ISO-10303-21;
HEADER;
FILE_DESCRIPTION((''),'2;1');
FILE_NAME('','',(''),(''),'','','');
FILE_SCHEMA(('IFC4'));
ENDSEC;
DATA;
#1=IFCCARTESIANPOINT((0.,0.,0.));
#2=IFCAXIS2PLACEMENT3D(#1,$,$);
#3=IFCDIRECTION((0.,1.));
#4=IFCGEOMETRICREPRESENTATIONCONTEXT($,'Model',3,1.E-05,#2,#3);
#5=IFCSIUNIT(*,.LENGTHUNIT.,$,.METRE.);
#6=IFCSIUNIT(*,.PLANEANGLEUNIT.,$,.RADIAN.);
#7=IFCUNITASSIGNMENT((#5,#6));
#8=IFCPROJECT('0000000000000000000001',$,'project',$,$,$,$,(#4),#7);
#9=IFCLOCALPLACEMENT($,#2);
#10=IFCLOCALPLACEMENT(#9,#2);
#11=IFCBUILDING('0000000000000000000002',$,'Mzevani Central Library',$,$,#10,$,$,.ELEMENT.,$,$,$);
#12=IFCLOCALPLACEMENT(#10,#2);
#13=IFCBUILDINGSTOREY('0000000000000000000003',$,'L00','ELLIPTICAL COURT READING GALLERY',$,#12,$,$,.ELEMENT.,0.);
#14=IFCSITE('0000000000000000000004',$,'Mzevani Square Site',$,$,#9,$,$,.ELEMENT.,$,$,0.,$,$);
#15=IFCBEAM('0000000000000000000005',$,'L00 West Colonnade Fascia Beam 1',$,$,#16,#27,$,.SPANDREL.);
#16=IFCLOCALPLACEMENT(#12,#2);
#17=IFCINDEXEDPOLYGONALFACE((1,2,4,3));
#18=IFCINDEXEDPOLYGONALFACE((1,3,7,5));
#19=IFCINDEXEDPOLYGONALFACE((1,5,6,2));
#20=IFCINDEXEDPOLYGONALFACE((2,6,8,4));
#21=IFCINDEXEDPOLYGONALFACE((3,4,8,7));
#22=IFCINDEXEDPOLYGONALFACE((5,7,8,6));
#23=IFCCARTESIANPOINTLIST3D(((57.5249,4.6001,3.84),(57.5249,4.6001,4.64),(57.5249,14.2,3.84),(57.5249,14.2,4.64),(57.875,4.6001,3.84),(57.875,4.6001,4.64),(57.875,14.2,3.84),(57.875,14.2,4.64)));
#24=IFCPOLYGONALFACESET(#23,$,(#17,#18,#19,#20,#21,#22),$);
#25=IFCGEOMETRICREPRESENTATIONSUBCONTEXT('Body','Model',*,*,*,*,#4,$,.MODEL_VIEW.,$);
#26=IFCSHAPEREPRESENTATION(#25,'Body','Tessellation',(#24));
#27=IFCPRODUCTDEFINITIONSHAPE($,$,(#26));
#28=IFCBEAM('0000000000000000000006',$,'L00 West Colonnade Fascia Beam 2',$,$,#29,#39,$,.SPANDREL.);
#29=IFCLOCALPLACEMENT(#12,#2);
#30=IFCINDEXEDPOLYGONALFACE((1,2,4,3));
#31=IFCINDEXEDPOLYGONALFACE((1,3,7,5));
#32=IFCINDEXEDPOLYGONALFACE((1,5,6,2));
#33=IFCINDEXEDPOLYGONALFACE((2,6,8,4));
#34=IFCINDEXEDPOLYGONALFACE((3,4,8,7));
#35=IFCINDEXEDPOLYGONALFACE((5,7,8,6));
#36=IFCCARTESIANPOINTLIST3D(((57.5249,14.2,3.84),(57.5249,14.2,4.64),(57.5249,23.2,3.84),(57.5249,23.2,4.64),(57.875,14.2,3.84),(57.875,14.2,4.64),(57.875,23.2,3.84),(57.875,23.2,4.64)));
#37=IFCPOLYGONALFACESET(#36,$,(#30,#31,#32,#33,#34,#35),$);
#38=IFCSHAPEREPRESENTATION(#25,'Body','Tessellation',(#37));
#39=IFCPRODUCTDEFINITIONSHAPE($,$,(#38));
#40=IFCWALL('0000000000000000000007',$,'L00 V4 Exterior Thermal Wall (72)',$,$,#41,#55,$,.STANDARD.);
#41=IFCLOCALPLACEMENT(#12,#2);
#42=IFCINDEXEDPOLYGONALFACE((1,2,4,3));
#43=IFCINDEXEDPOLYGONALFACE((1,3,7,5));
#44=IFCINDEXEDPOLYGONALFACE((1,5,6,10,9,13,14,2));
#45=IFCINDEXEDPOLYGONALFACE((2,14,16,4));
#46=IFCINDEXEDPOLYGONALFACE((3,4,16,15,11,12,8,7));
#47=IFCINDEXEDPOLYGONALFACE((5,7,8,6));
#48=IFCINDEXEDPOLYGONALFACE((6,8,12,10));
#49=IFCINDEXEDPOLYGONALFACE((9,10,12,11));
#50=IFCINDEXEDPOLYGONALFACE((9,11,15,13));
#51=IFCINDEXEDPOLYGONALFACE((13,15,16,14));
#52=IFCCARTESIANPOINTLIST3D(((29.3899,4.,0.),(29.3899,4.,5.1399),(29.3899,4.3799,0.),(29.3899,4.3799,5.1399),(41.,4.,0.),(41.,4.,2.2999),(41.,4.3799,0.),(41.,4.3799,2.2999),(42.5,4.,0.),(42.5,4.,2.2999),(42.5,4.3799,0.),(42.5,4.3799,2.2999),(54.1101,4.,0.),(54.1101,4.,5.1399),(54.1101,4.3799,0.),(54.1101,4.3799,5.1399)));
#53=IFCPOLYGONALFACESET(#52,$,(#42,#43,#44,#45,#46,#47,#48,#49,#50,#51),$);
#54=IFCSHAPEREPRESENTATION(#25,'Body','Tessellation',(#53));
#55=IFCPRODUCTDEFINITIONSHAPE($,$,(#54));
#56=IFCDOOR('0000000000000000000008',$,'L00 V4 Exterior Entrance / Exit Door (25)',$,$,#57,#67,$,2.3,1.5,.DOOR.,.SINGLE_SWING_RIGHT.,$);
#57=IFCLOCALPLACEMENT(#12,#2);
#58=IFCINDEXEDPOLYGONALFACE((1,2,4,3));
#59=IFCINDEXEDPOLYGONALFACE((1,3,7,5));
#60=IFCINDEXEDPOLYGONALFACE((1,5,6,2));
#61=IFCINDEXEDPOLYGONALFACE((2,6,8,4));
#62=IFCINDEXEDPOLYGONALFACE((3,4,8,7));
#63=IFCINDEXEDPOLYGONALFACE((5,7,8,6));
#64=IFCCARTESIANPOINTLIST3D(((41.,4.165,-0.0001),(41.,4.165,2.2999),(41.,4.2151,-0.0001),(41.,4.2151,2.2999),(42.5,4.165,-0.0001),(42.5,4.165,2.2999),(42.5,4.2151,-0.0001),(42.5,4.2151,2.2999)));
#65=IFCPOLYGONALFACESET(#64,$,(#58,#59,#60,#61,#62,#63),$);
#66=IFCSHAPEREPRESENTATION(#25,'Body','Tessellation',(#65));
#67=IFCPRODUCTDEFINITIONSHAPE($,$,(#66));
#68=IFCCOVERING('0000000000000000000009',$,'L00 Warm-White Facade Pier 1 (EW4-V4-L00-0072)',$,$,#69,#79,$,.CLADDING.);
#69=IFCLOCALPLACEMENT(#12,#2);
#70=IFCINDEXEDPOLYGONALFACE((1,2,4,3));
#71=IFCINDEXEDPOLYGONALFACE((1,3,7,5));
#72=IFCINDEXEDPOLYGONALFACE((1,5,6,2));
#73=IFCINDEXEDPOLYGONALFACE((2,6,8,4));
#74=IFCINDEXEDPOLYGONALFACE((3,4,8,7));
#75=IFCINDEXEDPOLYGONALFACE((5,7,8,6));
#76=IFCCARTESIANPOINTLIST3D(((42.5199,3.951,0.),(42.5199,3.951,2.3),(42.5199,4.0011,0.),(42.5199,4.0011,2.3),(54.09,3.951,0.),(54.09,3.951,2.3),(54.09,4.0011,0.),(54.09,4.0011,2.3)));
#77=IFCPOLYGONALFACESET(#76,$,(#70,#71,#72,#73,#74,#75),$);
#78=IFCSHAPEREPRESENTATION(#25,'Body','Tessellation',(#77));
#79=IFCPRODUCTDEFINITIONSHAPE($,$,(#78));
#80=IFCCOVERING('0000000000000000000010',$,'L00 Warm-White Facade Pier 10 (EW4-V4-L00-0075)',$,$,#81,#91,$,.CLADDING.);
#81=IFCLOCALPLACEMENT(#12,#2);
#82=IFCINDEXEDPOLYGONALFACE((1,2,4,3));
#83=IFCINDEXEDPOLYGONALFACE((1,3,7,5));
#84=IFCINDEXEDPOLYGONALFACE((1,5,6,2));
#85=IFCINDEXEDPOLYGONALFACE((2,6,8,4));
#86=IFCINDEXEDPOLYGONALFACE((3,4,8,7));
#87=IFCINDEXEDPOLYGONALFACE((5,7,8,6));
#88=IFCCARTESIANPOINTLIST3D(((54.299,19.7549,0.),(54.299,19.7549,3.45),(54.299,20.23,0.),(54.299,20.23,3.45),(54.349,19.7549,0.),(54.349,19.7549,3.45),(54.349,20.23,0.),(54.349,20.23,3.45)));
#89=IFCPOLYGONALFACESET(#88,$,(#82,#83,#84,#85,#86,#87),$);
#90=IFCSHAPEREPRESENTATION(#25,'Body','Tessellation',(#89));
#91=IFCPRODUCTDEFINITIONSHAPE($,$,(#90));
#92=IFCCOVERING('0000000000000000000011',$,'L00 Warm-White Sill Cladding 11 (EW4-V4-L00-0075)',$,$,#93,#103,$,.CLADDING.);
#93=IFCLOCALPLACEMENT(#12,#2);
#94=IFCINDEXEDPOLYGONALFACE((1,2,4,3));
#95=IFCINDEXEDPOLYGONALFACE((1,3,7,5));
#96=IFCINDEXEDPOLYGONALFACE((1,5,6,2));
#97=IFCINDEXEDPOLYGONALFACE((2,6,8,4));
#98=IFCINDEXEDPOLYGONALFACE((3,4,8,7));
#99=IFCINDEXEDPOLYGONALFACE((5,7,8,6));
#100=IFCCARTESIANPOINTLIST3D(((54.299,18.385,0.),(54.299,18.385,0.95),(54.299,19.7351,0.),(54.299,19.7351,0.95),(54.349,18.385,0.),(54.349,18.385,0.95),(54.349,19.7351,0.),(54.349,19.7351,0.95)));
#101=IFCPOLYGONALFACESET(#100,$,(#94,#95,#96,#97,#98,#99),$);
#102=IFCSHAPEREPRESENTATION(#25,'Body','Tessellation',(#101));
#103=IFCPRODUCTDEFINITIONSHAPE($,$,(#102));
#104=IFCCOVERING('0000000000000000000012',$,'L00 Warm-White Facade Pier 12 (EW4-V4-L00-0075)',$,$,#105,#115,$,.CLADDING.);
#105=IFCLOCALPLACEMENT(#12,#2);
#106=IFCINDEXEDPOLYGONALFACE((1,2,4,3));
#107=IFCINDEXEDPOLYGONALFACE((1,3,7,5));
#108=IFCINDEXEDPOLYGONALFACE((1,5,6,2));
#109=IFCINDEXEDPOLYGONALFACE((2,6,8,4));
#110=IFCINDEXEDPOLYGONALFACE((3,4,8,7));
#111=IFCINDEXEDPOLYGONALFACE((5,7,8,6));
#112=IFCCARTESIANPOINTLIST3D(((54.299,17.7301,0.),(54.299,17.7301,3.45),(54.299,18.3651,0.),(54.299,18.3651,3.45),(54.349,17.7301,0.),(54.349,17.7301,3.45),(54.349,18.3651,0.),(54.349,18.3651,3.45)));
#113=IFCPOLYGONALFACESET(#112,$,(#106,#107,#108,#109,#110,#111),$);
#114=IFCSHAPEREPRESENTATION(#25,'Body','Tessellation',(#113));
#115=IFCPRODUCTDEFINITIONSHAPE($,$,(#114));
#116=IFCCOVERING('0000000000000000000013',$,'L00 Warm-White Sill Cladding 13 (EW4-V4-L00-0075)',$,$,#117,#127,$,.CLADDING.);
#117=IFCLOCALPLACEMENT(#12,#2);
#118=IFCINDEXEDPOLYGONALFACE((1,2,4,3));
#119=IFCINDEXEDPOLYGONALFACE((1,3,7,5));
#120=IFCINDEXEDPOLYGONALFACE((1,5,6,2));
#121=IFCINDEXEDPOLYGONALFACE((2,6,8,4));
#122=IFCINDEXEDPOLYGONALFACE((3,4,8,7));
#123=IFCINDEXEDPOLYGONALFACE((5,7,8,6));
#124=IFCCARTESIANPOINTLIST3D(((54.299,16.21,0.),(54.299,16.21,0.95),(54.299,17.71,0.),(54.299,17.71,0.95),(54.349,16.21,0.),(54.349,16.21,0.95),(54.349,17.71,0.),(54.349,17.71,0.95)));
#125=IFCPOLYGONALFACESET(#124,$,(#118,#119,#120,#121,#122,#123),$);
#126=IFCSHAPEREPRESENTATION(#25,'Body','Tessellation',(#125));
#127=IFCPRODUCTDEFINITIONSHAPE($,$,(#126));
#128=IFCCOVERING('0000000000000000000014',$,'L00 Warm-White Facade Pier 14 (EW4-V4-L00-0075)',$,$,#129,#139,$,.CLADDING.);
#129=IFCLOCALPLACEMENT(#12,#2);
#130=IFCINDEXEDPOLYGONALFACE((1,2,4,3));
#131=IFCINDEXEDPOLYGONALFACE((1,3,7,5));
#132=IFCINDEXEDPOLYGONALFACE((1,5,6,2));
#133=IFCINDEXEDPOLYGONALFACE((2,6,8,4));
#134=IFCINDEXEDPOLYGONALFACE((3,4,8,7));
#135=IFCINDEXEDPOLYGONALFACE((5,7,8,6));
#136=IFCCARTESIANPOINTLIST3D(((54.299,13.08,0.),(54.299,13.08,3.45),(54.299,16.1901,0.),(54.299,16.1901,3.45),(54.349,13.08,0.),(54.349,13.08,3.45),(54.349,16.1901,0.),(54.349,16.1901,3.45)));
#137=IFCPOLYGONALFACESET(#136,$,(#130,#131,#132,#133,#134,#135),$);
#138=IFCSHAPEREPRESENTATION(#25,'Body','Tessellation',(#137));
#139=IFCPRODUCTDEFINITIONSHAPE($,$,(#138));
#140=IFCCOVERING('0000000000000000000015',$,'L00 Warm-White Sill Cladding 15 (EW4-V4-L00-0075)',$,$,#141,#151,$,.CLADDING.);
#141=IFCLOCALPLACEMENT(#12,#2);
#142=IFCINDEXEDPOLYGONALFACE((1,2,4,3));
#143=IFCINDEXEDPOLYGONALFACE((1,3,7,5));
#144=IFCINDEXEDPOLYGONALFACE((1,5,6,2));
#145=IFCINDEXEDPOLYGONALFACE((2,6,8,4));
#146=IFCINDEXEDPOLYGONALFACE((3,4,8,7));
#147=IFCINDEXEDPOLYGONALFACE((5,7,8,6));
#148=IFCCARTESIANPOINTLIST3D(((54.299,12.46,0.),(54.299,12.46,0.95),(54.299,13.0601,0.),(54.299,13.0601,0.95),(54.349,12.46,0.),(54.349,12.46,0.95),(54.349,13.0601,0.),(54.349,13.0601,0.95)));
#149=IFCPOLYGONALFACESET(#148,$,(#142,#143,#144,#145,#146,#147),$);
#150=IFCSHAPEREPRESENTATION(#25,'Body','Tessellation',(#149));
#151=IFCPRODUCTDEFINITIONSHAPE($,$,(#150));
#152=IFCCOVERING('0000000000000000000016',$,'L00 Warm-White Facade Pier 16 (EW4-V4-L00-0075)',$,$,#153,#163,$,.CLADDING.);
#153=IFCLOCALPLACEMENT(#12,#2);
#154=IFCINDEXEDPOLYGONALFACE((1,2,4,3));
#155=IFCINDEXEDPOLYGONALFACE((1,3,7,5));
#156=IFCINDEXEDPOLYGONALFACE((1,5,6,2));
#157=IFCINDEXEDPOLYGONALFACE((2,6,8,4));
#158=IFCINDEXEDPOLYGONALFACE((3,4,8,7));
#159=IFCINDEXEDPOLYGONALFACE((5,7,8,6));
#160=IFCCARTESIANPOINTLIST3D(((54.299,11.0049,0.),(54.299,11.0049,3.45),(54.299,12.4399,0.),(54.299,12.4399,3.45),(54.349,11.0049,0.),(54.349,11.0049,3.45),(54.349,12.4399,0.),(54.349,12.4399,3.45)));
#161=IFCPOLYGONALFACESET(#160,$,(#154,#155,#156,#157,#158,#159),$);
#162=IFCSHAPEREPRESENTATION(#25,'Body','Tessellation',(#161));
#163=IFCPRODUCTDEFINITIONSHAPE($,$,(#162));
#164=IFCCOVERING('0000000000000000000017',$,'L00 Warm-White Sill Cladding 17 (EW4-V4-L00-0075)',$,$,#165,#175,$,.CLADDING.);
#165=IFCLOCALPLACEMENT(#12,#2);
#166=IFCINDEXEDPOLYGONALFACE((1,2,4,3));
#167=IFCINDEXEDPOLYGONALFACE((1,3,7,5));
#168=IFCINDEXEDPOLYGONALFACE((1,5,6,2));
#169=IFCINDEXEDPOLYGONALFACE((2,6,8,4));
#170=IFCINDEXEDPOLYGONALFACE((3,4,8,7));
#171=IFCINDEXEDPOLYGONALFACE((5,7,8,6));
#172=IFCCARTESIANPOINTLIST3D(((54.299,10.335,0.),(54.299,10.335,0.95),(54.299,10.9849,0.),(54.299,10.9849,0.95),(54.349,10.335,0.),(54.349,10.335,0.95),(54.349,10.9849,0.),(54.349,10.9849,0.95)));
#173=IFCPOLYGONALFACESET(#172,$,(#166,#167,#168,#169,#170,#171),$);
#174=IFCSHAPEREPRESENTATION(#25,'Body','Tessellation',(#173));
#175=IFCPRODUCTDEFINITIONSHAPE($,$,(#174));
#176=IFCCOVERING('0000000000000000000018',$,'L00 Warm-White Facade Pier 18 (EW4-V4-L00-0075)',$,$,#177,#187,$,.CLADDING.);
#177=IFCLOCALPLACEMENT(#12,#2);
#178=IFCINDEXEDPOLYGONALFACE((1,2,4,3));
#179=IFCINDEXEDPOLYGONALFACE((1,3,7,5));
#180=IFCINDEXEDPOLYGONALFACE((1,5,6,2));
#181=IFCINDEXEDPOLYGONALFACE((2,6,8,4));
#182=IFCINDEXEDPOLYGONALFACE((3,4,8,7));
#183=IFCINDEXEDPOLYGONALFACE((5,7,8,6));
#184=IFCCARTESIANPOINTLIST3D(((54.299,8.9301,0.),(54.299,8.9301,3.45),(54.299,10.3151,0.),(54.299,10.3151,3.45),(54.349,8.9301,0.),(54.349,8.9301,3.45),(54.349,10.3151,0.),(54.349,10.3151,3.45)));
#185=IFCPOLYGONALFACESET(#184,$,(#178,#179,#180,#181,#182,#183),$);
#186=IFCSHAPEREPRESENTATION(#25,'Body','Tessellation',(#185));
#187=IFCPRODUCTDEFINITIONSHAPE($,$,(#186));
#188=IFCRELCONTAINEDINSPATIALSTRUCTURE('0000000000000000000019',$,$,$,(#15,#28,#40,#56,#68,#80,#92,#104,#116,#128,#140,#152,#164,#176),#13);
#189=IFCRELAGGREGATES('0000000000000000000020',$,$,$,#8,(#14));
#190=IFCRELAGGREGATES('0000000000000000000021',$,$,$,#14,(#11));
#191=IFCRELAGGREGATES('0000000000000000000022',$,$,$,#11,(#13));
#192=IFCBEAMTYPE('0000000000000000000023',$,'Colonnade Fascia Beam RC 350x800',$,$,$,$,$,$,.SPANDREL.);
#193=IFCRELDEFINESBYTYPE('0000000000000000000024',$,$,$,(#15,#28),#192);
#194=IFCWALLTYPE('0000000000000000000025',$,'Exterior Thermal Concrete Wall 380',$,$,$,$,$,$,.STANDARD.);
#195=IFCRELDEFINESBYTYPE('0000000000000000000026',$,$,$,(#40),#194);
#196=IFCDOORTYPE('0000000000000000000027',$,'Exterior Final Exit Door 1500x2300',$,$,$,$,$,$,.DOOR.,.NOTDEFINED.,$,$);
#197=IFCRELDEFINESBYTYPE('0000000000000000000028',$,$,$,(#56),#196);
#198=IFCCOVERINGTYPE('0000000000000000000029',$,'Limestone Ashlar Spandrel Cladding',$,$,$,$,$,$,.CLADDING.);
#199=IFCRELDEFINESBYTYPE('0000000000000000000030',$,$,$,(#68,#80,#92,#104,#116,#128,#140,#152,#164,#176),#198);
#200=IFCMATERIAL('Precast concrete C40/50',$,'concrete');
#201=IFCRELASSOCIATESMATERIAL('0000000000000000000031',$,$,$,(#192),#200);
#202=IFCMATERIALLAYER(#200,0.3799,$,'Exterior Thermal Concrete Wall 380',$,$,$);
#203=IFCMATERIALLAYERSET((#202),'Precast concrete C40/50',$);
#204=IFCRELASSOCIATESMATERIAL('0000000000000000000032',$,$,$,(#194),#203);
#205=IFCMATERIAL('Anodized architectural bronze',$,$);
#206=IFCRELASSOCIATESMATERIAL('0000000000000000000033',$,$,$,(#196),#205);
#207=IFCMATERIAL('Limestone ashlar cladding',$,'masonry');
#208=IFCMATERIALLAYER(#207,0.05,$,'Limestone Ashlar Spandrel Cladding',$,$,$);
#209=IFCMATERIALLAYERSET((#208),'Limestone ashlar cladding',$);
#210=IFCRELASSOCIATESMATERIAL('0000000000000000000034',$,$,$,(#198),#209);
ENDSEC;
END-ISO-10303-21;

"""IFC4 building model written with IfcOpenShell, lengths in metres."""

from ifc_helpers import new_model, si_unit, direction, frame, frame_2d, origin, origin_2d, place, context, subcontext, project, spatial, rectangle, extrude, material, layer, layer_set, material_profile, profile_set, type_object, element, fill, save


model = new_model("IFC4")

# Units and contexts
model_context = context("Model", 3, precision=1e-05, world=origin(), true_north=direction((0.0, 1.0)))
body_context = subcontext(model_context, "Body", "Model", "MODEL_VIEW")
ifc_project = project(units=[si_unit("LENGTHUNIT", "METRE"), si_unit("PLANEANGLEUNIT", "RADIAN")], contexts=[model_context])

# Site, building, storey
site_placement = place(None, origin())
site = spatial("IfcSite", under=ifc_project, at=site_placement, Name="Mzevani Square Site", CompositionType="ELEMENT", RefElevation=0.0)
building_placement = place(site_placement, origin())
building = spatial("IfcBuilding", under=site, at=building_placement, Name="Mzevani Central Library", CompositionType="ELEMENT")
storey_placement = place(building_placement, origin())
storey = spatial("IfcBuildingStorey", under=building, at=storey_placement, Name="L00", Description="ELLIPTICAL COURT READING GALLERY", CompositionType="ELEMENT", Elevation=0.0)

# Shared definitions
ifc_material_1 = material(Name="Precast concrete C40/50", Category="concrete")

# Beams
ifc_material_profile_1 = material_profile(ifc_material_1, rectangle(XDim=0.3501, YDim=0.8, at=origin_2d()), Name="RC SP350x800")
ifc_profile_set_1 = profile_set([ifc_material_profile_1], Name="Precast concrete C40/50")
beam_type_1 = type_object("IfcBeamType", Name="Colonnade Fascia Beam RC 350x800", PredefinedType="SPANDREL", material=ifc_profile_set_1)
beam_1_placement = place(storey_placement, frame((57.7, 4.6001, 4.24), z_axis=(0.0, 1.0, 0.0), x_axis=(-1.0, 0.0, 0.0)))
element("IfcBeam", 1, at=beam_1_placement, inside=storey, type_object=beam_type_1, Name="L00 West Colonnade Fascia Beam 1", PredefinedType="SPANDREL", context=body_context, shape_type="SweptSolid", body=[
    extrude(rectangle(XDim=0.3501, YDim=0.8, at=origin_2d()), origin(), (0.0, 0.0, 1.0), 9.5999),
])
beam_2_placement = place(storey_placement, frame((57.7, 14.2, 4.24), z_axis=(0.0, 1.0, 0.0), x_axis=(-1.0, 0.0, 0.0)))
element("IfcBeam", 2, at=beam_2_placement, inside=storey, type_object=beam_type_1, Name="L00 West Colonnade Fascia Beam 2", PredefinedType="SPANDREL", context=body_context, shape_type="SweptSolid", body=[
    extrude(rectangle(XDim=0.3501, YDim=0.8, at=origin_2d()), origin(), (0.0, 0.0, 1.0), 9.0),
])

# Wall, opening, door
ifc_layer_1 = layer(ifc_material_1, 0.3799, Name="Exterior Thermal Concrete Wall 380")
ifc_layer_set_1 = layer_set([ifc_layer_1], Name="Precast concrete C40/50")
wall_type = type_object("IfcWallType", Name="Exterior Thermal Concrete Wall 380", PredefinedType="STANDARD", material=ifc_layer_set_1)
wall_placement = place(storey_placement, frame((54.1101, 4.1899, 0.0), z_axis=(0.0, 0.0, 1.0), x_axis=(-1.0, 0.0, 0.0)))
wall = element("IfcWall", 3, at=wall_placement, inside=storey, type_object=wall_type, Name="L00 V4 Exterior Thermal Wall (72)", PredefinedType="STANDARD", context=body_context, shape_type="SweptSolid", body=[
    extrude(rectangle(XDim=24.7202, YDim=0.3799, at=frame_2d((12.3601, 0.0))), origin(), (0.0, 0.0, 1.0), 5.1399),
])
opening_placement = place(wall_placement, frame((11.6101, 0.0, 0.0)))
opening = element("IfcOpeningElement", 4, at=opening_placement, cuts=wall, PredefinedType="OPENING", context=body_context, shape_type="SweptSolid", body=[
    extrude(rectangle(XDim=1.5, YDim=2.3, at=frame_2d((0.75, 1.1499))), frame((0.0, 0.2, 0.0), z_axis=(0.0, -1.0, 0.0), x_axis=(1.0, 0.0, 0.0)), (0.0, 0.0, 1.0), 0.3999),
])
ifc_material_2 = material(Name="Anodized architectural bronze")
door_type = type_object("IfcDoorType", Name="Exterior Final Exit Door 1500x2300", OperationType="NOTDEFINED", PredefinedType="DOOR", material=ifc_material_2)
door_placement = place(opening_placement, origin())
door = element("IfcDoor", 5, at=door_placement, inside=storey, type_object=door_type, Name="L00 V4 Exterior Entrance / Exit Door (25)", OperationType="SINGLE_SWING_RIGHT", OverallHeight=2.3, OverallWidth=1.5, PredefinedType="DOOR", context=body_context, shape_type="SweptSolid", body=[
    extrude(rectangle(XDim=1.5, YDim=2.3, at=frame_2d((0.75, 1.1499))), frame((0.0, 0.0249, 0.0), z_axis=(0.0, -1.0, 0.0), x_axis=(1.0, 0.0, 0.0)), (0.0, 0.0, 1.0), 0.05),
])
fill(opening, door)

# Coverings
ifc_material_3 = material(Name="Limestone ashlar cladding", Category="masonry")
ifc_layer_2 = layer(ifc_material_3, 0.05, Name="Limestone Ashlar Spandrel Cladding")
ifc_layer_set_2 = layer_set([ifc_layer_2], Name="Limestone ashlar cladding")
covering_type_1 = type_object("IfcCoveringType", Name="Limestone Ashlar Spandrel Cladding", PredefinedType="CLADDING", material=ifc_layer_set_2)
covering_1_placement = place(storey_placement, frame((48.3049, 3.9761, 0.0), z_axis=(0.0, 0.0, 1.0), x_axis=(-1.0, 0.0, 0.0)))
element("IfcCovering", 6, at=covering_1_placement, inside=storey, type_object=covering_type_1, Name="L00 Warm-White Facade Pier 1 (EW4-V4-L00-0072)", PredefinedType="CLADDING", context=body_context, shape_type="SweptSolid", body=[
    extrude(rectangle(XDim=11.5701, YDim=0.05, at=origin_2d()), origin(), (0.0, 0.0, 1.0), 2.3),
])
covering_2_placement = place(storey_placement, frame((54.324, 19.9924, 0.0), z_axis=(0.0, 0.0, 1.0), x_axis=(0.0, -1.0, 0.0)))
element("IfcCovering", 7, at=covering_2_placement, inside=storey, type_object=covering_type_1, Name="L00 Warm-White Facade Pier 10 (EW4-V4-L00-0075)", PredefinedType="CLADDING", context=body_context, shape_type="SweptSolid", body=[
    extrude(rectangle(XDim=0.4751, YDim=0.05, at=origin_2d()), origin(), (0.0, 0.0, 1.0), 3.45),
])
covering_3_placement = place(storey_placement, frame((54.324, 19.0601, 0.0), z_axis=(0.0, 0.0, 1.0), x_axis=(0.0, -1.0, 0.0)))
element("IfcCovering", 8, at=covering_3_placement, inside=storey, type_object=covering_type_1, Name="L00 Warm-White Sill Cladding 11 (EW4-V4-L00-0075)", PredefinedType="CLADDING", context=body_context, shape_type="SweptSolid", body=[
    extrude(rectangle(XDim=1.3501, YDim=0.05, at=origin_2d()), origin(), (0.0, 0.0, 1.0), 0.95),
])
covering_4_placement = place(storey_placement, frame((54.324, 18.0476, 0.0), z_axis=(0.0, 0.0, 1.0), x_axis=(0.0, -1.0, 0.0)))
element("IfcCovering", 9, at=covering_4_placement, inside=storey, type_object=covering_type_1, Name="L00 Warm-White Facade Pier 12 (EW4-V4-L00-0075)", PredefinedType="CLADDING", context=body_context, shape_type="SweptSolid", body=[
    extrude(rectangle(XDim=0.635, YDim=0.05, at=origin_2d()), origin(), (0.0, 0.0, 1.0), 3.45),
])
covering_5_placement = place(storey_placement, frame((54.324, 16.96, 0.0), z_axis=(0.0, 0.0, 1.0), x_axis=(0.0, -1.0, 0.0)))
element("IfcCovering", 10, at=covering_5_placement, inside=storey, type_object=covering_type_1, Name="L00 Warm-White Sill Cladding 13 (EW4-V4-L00-0075)", PredefinedType="CLADDING", context=body_context, shape_type="SweptSolid", body=[
    extrude(rectangle(XDim=1.5, YDim=0.05, at=origin_2d()), origin(), (0.0, 0.0, 1.0), 0.95),
])
covering_6_placement = place(storey_placement, frame((54.324, 14.635, 0.0), z_axis=(0.0, 0.0, 1.0), x_axis=(0.0, -1.0, 0.0)))
element("IfcCovering", 11, at=covering_6_placement, inside=storey, type_object=covering_type_1, Name="L00 Warm-White Facade Pier 14 (EW4-V4-L00-0075)", PredefinedType="CLADDING", context=body_context, shape_type="SweptSolid", body=[
    extrude(rectangle(XDim=3.1101, YDim=0.05, at=origin_2d()), origin(), (0.0, 0.0, 1.0), 3.45),
])
covering_7_placement = place(storey_placement, frame((54.324, 12.76, 0.0), z_axis=(0.0, 0.0, 1.0), x_axis=(0.0, -1.0, 0.0)))
element("IfcCovering", 12, at=covering_7_placement, inside=storey, type_object=covering_type_1, Name="L00 Warm-White Sill Cladding 15 (EW4-V4-L00-0075)", PredefinedType="CLADDING", context=body_context, shape_type="SweptSolid", body=[
    extrude(rectangle(XDim=0.6001, YDim=0.05, at=origin_2d()), origin(), (0.0, 0.0, 1.0), 0.95),
])
covering_8_placement = place(storey_placement, frame((54.324, 11.7224, 0.0), z_axis=(0.0, 0.0, 1.0), x_axis=(0.0, -1.0, 0.0)))
element("IfcCovering", 13, at=covering_8_placement, inside=storey, type_object=covering_type_1, Name="L00 Warm-White Facade Pier 16 (EW4-V4-L00-0075)", PredefinedType="CLADDING", context=body_context, shape_type="SweptSolid", body=[
    extrude(rectangle(XDim=1.4351, YDim=0.05, at=origin_2d()), origin(), (0.0, 0.0, 1.0), 3.45),
])
covering_9_placement = place(storey_placement, frame((54.324, 10.6599, 0.0), z_axis=(0.0, 0.0, 1.0), x_axis=(0.0, -1.0, 0.0)))
element("IfcCovering", 14, at=covering_9_placement, inside=storey, type_object=covering_type_1, Name="L00 Warm-White Sill Cladding 17 (EW4-V4-L00-0075)", PredefinedType="CLADDING", context=body_context, shape_type="SweptSolid", body=[
    extrude(rectangle(XDim=0.6499, YDim=0.05, at=origin_2d()), origin(), (0.0, 0.0, 1.0), 0.95),
])
covering_10_placement = place(storey_placement, frame((54.324, 9.6226, 0.0), z_axis=(0.0, 0.0, 1.0), x_axis=(0.0, -1.0, 0.0)))
element("IfcCovering", 15, at=covering_10_placement, inside=storey, type_object=covering_type_1, Name="L00 Warm-White Facade Pier 18 (EW4-V4-L00-0075)", PredefinedType="CLADDING", context=body_context, shape_type="SweptSolid", body=[
    extrude(rectangle(XDim=1.385, YDim=0.05, at=origin_2d()), origin(), (0.0, 0.0, 1.0), 3.45),
])

save(model, "model.ifc")
